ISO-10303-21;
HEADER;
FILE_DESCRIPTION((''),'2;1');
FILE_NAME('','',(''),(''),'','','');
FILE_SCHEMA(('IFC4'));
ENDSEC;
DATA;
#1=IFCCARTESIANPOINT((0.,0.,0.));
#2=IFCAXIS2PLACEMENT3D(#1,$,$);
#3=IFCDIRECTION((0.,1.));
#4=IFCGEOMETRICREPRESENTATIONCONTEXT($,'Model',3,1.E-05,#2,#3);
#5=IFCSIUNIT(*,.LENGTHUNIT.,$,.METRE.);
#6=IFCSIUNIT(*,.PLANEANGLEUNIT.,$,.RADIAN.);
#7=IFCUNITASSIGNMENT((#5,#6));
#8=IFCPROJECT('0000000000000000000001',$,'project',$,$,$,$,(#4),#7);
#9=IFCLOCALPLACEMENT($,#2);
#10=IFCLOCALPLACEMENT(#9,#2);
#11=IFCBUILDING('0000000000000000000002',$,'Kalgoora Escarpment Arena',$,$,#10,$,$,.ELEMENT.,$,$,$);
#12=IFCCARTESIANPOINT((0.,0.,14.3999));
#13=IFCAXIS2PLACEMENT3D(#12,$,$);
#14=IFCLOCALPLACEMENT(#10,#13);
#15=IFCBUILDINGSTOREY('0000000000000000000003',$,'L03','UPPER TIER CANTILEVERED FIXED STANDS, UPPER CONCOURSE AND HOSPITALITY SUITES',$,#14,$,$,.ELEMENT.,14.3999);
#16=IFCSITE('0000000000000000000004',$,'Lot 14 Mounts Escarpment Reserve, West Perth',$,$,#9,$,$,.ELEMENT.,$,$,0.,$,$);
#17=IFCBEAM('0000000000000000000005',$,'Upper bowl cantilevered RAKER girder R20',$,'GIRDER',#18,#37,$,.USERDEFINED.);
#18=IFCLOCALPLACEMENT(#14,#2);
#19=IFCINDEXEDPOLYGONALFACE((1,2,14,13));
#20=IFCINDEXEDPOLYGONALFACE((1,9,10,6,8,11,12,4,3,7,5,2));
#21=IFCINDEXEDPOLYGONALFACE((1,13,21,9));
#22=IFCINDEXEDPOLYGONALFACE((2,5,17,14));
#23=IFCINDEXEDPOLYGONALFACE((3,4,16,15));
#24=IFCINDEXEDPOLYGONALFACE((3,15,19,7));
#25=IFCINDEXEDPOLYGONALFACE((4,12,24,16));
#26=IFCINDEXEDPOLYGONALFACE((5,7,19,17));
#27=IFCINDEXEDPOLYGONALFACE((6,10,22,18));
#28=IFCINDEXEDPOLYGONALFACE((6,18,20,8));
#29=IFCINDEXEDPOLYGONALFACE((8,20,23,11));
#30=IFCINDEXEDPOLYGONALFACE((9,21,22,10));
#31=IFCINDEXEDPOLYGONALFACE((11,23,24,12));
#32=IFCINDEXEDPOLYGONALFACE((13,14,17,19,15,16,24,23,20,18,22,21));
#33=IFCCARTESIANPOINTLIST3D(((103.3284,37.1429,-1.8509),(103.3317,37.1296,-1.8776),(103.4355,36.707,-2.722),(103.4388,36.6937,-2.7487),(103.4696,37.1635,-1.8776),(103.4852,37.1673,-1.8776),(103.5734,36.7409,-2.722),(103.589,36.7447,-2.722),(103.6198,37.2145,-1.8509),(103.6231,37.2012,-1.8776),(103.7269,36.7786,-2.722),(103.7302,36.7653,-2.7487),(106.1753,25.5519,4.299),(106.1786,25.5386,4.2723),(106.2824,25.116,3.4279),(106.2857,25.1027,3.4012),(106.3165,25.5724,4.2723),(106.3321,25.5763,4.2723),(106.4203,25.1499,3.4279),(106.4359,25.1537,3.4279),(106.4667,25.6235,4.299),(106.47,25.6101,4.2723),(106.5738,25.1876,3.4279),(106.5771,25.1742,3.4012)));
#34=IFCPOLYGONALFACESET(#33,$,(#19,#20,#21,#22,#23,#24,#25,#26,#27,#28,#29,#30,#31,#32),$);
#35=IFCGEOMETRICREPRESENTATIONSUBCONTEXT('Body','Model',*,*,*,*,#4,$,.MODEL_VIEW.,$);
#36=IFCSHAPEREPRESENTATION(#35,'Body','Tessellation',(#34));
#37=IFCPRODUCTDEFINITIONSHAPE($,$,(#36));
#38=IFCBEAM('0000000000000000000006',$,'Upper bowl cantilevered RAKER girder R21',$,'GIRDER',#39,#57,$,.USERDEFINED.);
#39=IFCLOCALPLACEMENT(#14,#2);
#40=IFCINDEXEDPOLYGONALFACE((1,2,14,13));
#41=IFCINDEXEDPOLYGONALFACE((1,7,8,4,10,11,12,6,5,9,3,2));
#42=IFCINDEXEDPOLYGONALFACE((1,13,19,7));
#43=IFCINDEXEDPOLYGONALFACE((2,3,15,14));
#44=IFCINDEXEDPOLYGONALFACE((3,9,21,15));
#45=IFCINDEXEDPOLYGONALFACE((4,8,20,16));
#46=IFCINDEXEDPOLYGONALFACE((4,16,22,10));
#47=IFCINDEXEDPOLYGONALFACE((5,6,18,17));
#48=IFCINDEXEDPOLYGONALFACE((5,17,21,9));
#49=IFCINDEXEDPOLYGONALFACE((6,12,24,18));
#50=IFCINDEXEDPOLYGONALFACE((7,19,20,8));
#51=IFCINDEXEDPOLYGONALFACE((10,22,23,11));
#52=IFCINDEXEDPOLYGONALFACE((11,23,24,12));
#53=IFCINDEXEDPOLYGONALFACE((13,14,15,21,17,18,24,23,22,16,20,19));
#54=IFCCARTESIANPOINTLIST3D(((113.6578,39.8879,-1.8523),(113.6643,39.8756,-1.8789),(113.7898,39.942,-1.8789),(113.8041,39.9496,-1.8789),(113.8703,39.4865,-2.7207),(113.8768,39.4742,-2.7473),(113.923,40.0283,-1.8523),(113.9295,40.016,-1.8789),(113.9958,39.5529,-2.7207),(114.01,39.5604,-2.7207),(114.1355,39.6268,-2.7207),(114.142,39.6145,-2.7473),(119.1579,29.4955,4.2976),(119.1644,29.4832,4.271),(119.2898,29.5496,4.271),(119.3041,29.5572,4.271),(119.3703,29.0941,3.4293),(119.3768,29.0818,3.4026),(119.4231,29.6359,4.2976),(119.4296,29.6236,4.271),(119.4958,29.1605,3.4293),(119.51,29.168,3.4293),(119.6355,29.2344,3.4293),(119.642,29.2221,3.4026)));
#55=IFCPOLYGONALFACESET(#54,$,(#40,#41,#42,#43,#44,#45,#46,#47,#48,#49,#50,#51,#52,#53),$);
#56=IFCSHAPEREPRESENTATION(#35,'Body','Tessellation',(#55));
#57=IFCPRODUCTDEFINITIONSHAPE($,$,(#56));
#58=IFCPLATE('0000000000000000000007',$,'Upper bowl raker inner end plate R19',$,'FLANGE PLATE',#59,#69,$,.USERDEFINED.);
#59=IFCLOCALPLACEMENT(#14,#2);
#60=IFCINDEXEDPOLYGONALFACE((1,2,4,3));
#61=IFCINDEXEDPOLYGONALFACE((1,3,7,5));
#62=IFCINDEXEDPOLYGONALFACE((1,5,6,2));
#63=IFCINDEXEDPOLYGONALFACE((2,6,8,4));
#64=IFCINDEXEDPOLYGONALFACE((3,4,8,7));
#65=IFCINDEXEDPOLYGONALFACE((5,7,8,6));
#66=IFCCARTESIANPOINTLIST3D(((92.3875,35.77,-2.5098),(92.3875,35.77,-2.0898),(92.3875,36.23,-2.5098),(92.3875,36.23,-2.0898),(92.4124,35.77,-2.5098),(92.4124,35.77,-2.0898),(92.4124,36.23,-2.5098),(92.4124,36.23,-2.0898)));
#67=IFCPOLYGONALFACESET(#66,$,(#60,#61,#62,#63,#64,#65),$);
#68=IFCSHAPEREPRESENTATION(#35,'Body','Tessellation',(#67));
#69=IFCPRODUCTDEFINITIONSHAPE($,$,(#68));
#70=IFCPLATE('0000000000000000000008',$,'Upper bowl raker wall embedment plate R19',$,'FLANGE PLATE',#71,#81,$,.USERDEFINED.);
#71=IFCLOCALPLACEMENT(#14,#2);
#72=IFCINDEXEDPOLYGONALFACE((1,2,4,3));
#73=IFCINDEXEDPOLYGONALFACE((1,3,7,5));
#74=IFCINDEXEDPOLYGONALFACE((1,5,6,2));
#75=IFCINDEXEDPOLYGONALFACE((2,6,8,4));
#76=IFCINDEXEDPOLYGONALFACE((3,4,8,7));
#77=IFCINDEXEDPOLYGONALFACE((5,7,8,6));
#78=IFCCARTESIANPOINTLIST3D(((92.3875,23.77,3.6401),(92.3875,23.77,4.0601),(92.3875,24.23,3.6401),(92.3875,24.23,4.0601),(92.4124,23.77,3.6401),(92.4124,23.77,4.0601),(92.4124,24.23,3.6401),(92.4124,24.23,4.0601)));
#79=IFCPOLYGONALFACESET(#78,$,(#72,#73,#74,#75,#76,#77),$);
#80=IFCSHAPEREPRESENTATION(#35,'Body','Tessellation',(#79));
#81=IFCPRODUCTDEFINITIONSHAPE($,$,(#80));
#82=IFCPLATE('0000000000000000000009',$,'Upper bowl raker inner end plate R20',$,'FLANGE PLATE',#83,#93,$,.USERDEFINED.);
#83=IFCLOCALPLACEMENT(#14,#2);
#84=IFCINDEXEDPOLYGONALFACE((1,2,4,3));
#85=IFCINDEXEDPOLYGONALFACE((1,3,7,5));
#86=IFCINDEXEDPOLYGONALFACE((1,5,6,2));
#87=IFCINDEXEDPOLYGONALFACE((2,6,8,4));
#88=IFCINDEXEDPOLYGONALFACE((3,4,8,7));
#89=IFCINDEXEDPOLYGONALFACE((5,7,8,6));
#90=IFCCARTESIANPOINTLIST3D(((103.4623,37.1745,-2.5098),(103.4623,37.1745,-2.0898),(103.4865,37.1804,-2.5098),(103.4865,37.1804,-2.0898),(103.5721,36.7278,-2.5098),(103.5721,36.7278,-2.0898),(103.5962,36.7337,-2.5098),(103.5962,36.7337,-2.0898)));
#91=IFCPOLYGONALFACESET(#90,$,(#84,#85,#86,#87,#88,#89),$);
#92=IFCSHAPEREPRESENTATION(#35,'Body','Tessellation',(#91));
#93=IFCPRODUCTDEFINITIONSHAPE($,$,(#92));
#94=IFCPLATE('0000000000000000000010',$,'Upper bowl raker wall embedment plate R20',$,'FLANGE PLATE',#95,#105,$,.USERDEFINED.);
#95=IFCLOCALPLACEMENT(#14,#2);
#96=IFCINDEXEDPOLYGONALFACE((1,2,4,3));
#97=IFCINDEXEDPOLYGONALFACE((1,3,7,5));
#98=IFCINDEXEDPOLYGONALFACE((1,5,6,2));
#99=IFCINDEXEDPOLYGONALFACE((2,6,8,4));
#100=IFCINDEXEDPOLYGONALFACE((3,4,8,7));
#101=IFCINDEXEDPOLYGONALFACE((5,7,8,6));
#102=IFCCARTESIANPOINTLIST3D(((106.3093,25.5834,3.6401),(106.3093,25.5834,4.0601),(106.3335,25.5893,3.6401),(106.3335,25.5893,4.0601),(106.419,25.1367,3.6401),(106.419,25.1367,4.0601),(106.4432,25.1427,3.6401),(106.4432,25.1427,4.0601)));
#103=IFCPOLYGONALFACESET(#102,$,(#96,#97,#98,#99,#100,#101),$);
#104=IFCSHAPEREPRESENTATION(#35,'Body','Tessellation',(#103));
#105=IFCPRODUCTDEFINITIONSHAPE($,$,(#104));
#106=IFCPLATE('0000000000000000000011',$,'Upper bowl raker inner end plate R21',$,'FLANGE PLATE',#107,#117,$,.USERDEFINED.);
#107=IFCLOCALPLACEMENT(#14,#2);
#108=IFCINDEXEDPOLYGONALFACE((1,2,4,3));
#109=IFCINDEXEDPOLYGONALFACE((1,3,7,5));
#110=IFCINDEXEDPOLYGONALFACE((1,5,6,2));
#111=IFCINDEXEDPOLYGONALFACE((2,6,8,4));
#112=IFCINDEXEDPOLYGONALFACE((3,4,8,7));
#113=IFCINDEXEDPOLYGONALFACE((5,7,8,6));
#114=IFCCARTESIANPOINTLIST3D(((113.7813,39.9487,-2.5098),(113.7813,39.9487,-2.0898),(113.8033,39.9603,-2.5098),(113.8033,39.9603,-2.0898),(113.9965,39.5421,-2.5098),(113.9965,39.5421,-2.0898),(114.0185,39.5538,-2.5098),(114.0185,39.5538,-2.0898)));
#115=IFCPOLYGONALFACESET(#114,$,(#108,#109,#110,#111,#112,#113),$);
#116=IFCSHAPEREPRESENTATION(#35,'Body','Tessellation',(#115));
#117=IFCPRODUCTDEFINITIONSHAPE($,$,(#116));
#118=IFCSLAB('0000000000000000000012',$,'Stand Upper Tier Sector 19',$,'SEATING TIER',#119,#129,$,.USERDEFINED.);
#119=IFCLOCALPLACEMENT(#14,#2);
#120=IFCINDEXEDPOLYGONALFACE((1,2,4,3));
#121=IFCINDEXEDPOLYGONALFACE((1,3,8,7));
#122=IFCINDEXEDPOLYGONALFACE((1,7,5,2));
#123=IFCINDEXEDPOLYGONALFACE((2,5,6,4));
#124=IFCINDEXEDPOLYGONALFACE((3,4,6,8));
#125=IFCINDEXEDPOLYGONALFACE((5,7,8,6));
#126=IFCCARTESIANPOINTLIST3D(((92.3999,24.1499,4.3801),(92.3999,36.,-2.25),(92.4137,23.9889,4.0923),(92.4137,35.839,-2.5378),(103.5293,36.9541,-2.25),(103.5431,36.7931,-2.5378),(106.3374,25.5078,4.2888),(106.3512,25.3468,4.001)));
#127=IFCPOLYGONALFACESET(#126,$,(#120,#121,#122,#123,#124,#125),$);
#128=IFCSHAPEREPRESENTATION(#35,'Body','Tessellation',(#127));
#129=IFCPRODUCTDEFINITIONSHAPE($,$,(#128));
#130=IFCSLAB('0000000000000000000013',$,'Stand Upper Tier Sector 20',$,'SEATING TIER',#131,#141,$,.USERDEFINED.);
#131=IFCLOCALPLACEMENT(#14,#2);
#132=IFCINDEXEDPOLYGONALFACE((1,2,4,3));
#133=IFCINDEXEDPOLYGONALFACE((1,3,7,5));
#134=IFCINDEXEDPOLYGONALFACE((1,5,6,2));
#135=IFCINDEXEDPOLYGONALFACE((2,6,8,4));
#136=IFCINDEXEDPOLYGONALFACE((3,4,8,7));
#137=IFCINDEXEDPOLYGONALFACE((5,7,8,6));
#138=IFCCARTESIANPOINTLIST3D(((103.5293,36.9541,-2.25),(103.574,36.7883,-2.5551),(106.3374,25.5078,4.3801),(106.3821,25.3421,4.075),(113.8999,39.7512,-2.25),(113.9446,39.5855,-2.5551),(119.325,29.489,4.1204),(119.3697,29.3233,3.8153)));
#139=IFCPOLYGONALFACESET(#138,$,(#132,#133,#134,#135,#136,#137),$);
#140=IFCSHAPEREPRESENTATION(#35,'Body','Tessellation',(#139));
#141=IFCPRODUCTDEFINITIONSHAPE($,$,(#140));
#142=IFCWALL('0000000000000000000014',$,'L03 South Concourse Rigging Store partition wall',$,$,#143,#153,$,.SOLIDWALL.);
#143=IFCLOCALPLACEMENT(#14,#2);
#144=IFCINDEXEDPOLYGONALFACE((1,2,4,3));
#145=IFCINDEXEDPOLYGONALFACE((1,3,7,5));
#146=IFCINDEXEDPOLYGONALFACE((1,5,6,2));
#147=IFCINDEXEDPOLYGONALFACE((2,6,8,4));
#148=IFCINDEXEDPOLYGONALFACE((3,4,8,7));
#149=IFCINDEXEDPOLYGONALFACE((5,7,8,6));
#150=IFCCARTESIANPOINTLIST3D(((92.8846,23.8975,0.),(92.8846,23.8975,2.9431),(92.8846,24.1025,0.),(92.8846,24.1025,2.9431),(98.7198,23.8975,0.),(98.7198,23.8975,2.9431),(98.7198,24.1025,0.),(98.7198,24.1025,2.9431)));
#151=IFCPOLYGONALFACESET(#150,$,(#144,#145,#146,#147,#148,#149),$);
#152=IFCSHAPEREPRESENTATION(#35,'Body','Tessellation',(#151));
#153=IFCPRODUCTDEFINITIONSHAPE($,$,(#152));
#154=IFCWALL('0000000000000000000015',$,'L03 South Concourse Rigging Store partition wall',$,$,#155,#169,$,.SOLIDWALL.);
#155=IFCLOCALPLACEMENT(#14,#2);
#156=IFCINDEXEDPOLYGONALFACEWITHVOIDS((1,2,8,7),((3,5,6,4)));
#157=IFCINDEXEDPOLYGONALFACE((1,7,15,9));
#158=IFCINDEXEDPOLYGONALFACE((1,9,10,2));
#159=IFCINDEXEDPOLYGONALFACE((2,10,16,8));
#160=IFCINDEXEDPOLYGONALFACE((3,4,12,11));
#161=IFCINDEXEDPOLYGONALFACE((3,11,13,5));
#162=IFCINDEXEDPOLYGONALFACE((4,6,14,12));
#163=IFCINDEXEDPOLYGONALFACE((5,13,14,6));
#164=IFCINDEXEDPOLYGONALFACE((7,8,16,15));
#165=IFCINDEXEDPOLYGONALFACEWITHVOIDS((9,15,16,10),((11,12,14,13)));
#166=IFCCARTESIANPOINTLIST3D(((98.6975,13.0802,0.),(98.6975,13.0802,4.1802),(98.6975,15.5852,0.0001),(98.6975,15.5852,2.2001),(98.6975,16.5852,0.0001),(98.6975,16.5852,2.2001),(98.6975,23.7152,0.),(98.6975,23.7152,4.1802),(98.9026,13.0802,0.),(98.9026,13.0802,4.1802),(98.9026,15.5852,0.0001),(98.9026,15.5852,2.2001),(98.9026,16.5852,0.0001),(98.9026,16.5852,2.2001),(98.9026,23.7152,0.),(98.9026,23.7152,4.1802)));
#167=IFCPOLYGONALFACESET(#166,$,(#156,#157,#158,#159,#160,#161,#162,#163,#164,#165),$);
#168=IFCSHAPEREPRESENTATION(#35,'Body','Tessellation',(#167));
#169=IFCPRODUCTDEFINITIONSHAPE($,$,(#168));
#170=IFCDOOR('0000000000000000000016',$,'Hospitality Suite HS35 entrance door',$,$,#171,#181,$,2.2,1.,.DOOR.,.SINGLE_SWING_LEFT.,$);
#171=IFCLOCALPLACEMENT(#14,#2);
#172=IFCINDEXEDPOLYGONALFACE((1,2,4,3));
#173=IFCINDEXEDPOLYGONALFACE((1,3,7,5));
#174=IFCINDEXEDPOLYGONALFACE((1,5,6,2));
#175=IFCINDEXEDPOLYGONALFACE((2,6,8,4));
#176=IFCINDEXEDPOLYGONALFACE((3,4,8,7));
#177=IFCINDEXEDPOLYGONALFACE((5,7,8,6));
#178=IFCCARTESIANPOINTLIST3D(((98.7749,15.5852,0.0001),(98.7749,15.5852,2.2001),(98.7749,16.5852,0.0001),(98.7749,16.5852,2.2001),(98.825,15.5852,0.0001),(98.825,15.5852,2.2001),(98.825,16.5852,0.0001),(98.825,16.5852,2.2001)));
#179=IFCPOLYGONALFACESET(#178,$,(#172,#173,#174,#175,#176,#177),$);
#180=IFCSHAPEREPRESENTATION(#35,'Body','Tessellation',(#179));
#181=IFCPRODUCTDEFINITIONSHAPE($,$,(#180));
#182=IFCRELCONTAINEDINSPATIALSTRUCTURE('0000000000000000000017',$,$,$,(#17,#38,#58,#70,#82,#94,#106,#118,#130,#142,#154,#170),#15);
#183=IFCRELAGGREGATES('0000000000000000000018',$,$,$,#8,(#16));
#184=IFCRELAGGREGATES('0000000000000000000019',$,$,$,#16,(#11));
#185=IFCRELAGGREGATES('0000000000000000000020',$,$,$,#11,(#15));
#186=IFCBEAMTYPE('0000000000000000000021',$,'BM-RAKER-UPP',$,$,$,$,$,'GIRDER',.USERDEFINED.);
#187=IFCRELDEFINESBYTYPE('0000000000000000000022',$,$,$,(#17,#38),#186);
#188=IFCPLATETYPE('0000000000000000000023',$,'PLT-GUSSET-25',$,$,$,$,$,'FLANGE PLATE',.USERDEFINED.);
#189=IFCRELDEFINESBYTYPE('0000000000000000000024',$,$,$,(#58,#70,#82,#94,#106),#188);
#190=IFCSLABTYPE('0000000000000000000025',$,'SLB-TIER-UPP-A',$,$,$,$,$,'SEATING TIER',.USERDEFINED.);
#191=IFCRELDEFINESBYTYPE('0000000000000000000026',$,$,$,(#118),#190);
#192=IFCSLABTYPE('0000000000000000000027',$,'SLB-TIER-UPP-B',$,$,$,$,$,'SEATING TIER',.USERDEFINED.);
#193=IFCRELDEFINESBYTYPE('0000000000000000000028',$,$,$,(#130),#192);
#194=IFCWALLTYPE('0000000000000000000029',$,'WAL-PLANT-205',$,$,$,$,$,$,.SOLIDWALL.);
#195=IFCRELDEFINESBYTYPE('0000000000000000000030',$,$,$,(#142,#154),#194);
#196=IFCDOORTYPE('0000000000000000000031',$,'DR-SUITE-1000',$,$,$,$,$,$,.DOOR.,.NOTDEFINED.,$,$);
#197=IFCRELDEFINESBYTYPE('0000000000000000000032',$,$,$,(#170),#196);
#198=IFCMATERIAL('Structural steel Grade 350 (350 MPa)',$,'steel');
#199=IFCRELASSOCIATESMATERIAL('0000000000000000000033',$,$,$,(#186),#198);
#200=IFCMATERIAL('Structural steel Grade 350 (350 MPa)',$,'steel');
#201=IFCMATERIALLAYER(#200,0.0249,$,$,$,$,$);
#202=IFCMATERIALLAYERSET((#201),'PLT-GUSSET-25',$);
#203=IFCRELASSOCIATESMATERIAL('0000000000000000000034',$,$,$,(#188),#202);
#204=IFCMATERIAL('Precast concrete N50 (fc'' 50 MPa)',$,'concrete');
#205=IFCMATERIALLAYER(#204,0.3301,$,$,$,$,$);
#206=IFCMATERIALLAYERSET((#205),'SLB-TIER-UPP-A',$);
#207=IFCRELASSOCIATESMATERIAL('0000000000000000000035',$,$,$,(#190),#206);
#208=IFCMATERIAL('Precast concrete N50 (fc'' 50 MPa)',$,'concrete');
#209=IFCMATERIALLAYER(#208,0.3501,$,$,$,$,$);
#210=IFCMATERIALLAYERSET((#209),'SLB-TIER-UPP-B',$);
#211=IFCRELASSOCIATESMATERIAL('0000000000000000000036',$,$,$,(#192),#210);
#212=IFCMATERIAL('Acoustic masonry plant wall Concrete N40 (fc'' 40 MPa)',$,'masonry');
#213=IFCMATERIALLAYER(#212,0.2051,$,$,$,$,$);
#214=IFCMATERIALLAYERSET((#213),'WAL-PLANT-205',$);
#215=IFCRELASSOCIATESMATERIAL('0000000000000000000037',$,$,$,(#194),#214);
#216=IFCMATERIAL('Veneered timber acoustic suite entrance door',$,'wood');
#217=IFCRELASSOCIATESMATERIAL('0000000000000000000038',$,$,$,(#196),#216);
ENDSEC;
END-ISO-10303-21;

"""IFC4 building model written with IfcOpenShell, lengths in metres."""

from ifc_helpers import new_model, si_unit, direction, frame, frame_2d, origin, origin_2d, place, context, subcontext, project, spatial, polyline, rectangle, i_section, outline, extrude, material, layer, layer_set, material_profile, profile_set, type_object, element, fill, save


model = new_model("IFC4")

# Units and contexts
model_context = context("Model", 3, precision=1e-05, world=origin(), true_north=direction((0.0, 1.0)))
body_context = subcontext(model_context, "Body", "Model", "MODEL_VIEW")
ifc_project = project(units=[si_unit("LENGTHUNIT", "METRE"), si_unit("PLANEANGLEUNIT", "RADIAN")], contexts=[model_context])

# Site, building, storey
site_placement = place(None, origin())
site = spatial("IfcSite", under=ifc_project, at=site_placement, Name="Lot 14 Mounts Escarpment Reserve, West Perth", CompositionType="ELEMENT", RefElevation=0.0)
building_placement = place(site_placement, origin())
building = spatial("IfcBuilding", under=site, at=building_placement, Name="Kalgoora Escarpment Arena", CompositionType="ELEMENT")
storey_placement = place(building_placement, frame((0.0, 0.0, 14.3999)))
storey = spatial("IfcBuildingStorey", under=building, at=storey_placement, Name="L03", Description="UPPER TIER CANTILEVERED FIXED STANDS, UPPER CONCOURSE AND HOSPITALITY SUITES", CompositionType="ELEMENT", Elevation=14.3999)

# Beams
ifc_material_1 = material(Name="Structural steel Grade 350 (350 MPa)", Category="steel")
ifc_material_profile_1 = material_profile(ifc_material_1, i_section(OverallWidth=0.3, OverallDepth=1.01, WebThickness=0.0161, FlangeThickness=0.03, at=origin_2d()))
ifc_profile_set_1 = profile_set([ifc_material_profile_1], Name="Structural steel Grade 350 (350 MPa)")
beam_type_1 = type_object("IfcBeamType", Name="BM-RAKER-UPP", ElementType="GIRDER", PredefinedType="USERDEFINED", material=ifc_profile_set_1)
beam_1_placement = place(storey_placement, frame((103.5293, 36.9541, -2.2998), z_axis=(0.212033, -0.863278, 0.458032), x_axis=(0.971137, 0.238524, 0.0)))
element("IfcBeam", 1, at=beam_1_placement, inside=storey, type_object=beam_type_1, Name="Upper bowl cantilevered RAKER girder R20", ObjectType="GIRDER", PredefinedType="USERDEFINED", context=body_context, shape_type="SweptSolid", body=[
    extrude(i_section(OverallWidth=0.3, OverallDepth=1.01, WebThickness=0.0161, FlangeThickness=0.03, at=origin_2d()), origin(), (0.0, 0.0, 1.0), 13.4268),
])
beam_2_placement = place(storey_placement, frame((113.8999, 39.7512, -2.2998), z_axis=(0.414493, -0.783192, 0.463472), x_axis=(0.883852, 0.467767, 0.0)))
element("IfcBeam", 2, at=beam_2_placement, inside=storey, type_object=beam_type_1, Name="Upper bowl cantilevered RAKER girder R21", ObjectType="GIRDER", PredefinedType="USERDEFINED", context=body_context, shape_type="SweptSolid", body=[
    extrude(i_section(OverallWidth=0.3, OverallDepth=1.01, WebThickness=0.0161, FlangeThickness=0.03, at=origin_2d()), origin(), (0.0, 0.0, 1.0), 13.2693),
])

# Plates
ifc_material_2 = material(Name="Structural steel Grade 350 (350 MPa)", Category="steel")
ifc_layer_1 = layer(ifc_material_2, 0.0249)
ifc_layer_set_1 = layer_set([ifc_layer_1], Name="PLT-GUSSET-25")
plate_type = type_object("IfcPlateType", Name="PLT-GUSSET-25", ElementType="FLANGE PLATE", PredefinedType="USERDEFINED", material=ifc_layer_set_1)
for number, where, z_axis, x_axis, name in (
    (3, (92.3999, 36.0, -2.5098), (0.0, 0.0, 1.0), (0.0, -1.0, 0.0), "Upper bowl raker inner end plate R19"),
    (4, (92.3999, 24.0, 3.6401), (0.0, 0.0, 1.0), (0.0, -1.0, 0.0), "Upper bowl raker wall embedment plate R19"),
    (5, (103.5293, 36.9541, -2.5098), (0.0, 0.0, 1.0), (0.238533, -0.971134, 0.0), "Upper bowl raker inner end plate R20"),
    (6, (106.3762, 25.363, 3.6401), (0.0, 0.0, 1.0), (0.238533, -0.971134, 0.0), "Upper bowl raker wall embedment plate R20"),
    (7, (113.8999, 39.7512, -2.5098), (0.0, 0.0, 1.0), (0.467776, -0.883847, 0.0), "Upper bowl raker inner end plate R21"),
):
    element("IfcPlate", number, at=place(storey_placement, frame(where, z_axis=z_axis, x_axis=x_axis)), inside=storey, type_object=plate_type, Name=name, ObjectType="FLANGE PLATE", PredefinedType="USERDEFINED", context=body_context, shape_type="SweptSolid", body=[
        extrude(rectangle(XDim=0.46, YDim=0.0249, at=origin_2d()), origin(), (0.0, 0.0, 1.0), 0.4199),
    ])

# Slabs
ifc_material_3 = material(Name="Precast concrete N50 (fc' 50 MPa)", Category="concrete")
ifc_layer_2 = layer(ifc_material_3, 0.3301)
ifc_layer_set_2 = layer_set([ifc_layer_2], Name="SLB-TIER-UPP-A")
slab_type_1 = type_object("IfcSlabType", Name="SLB-TIER-UPP-A", ElementType="SEATING TIER", PredefinedType="USERDEFINED", material=ifc_layer_set_2)
slab_1_placement = place(storey_placement, frame((92.3999, 36.0, -2.25), z_axis=(-0.041819, 0.487842, 0.87193), x_axis=(0.996346, 0.085414, -0.000002)))
element("IfcSlab", 8, at=slab_1_placement, inside=storey, type_object=slab_type_1, Name="Stand Upper Tier Sector 19", ObjectType="SEATING TIER", PredefinedType="USERDEFINED", context=body_context, shape_type="SweptSolid", body=[
    extrude(outline(polyline([(0.0, 0.0), (11.1702, 0.0), (12.9904, -13.3546), (-1.0122, -13.541), (0.0, 0.0)])), origin(), (0.0, 0.0, -1.0), 0.3301),
])
ifc_material_4 = material(Name="Precast concrete N50 (fc' 50 MPa)", Category="concrete")
ifc_layer_3 = layer(ifc_material_4, 0.3501)
ifc_layer_set_3 = layer_set([ifc_layer_3], Name="SLB-TIER-UPP-B")
slab_type_2 = type_object("IfcSlabType", Name="SLB-TIER-UPP-B", ElementType="SEATING TIER", PredefinedType="USERDEFINED", material=ifc_layer_set_3)
slab_2_placement = place(storey_placement, frame((103.5293, 36.9541, -2.25), z_axis=(-0.127707, 0.473477, 0.871499), x_axis=(0.965498, 0.260411, 0.000002)))
element("IfcSlab", 9, at=slab_2_placement, inside=storey, type_object=slab_type_2, Name="Stand Upper Tier Sector 20", ObjectType="SEATING TIER", PredefinedType="USERDEFINED", context=body_context, shape_type="SweptSolid", body=[
    extrude(outline(polyline([(0.0, 0.0), (10.7412, 0.0), (13.3067, -12.9901), (-0.2695, -13.5199), (0.0, 0.0)])), origin(), (0.0, 0.0, -1.0), 0.3501),
])

# Wall
ifc_material_5 = material(Name="Acoustic masonry plant wall Concrete N40 (fc' 40 MPa)", Category="masonry")
ifc_layer_4 = layer(ifc_material_5, 0.2051)
ifc_layer_set_4 = layer_set([ifc_layer_4], Name="WAL-PLANT-205")
wall_type_1 = type_object("IfcWallType", Name="WAL-PLANT-205", PredefinedType="SOLIDWALL", material=ifc_layer_set_4)
wall_1_placement = place(storey_placement, frame((92.8848, 24.0, 0.0), z_axis=(0.0, 0.0, 1.0), x_axis=(1.0, 0.0, 0.0)))
element("IfcWall", 10, at=wall_1_placement, inside=storey, type_object=wall_type_1, Name="L03 South Concourse Rigging Store partition wall", PredefinedType="SOLIDWALL", context=body_context, shape_type="SweptSolid", body=[
    extrude(rectangle(XDim=5.8352, YDim=0.2051, at=frame_2d((2.9175, 0.0))), origin(), (0.0, 0.0, 1.0), 2.9431),
])

# Wall, opening, door
wall_2_placement = place(storey_placement, frame((98.8, 23.7151, 0.0), z_axis=(0.0, 0.0, 1.0), x_axis=(0.0, -1.0, 0.0)))
wall_2 = element("IfcWall", 11, at=wall_2_placement, inside=storey, type_object=wall_type_1, Name="L03 South Concourse Rigging Store partition wall", PredefinedType="SOLIDWALL", context=body_context, shape_type="SweptSolid", body=[
    extrude(rectangle(XDim=10.635, YDim=0.2051, at=frame_2d((5.3174, 0.0))), origin(), (0.0, 0.0, 1.0), 4.1802),
])
opening_1_placement = place(wall_2_placement, frame((7.1299, 0.0, 0.0)))
opening_1 = element("IfcOpeningElement", 12, at=opening_1_placement, cuts=wall_2, PredefinedType="OPENING", context=body_context, shape_type="SweptSolid", body=[
    extrude(rectangle(XDim=1.0, YDim=2.2, at=frame_2d((0.5, 1.1001))), frame((0.0, 0.1125, 0.0), z_axis=(0.0, -1.0, 0.0), x_axis=(1.0, 0.0, 0.0)), (0.0, 0.0, 1.0), 0.2251),
])
ifc_material_6 = material(Name="Veneered timber acoustic suite entrance door", Category="wood")
door_type_1 = type_object("IfcDoorType", Name="DR-SUITE-1000", OperationType="NOTDEFINED", PredefinedType="DOOR", material=ifc_material_6)
door_1_placement = place(opening_1_placement, origin())
door_1 = element("IfcDoor", 13, at=door_1_placement, inside=storey, type_object=door_type_1, Name="Hospitality Suite HS35 entrance door", OperationType="SINGLE_SWING_LEFT", OverallHeight=2.2, OverallWidth=1.0, PredefinedType="DOOR", context=body_context, shape_type="SweptSolid", body=[
    extrude(rectangle(XDim=1.0, YDim=2.2, at=frame_2d((0.5, 1.1001))), frame((0.0, 0.0249, 0.0), z_axis=(0.0, -1.0, 0.0), x_axis=(1.0, 0.0, 0.0)), (0.0, 0.0, 1.0), 0.05),
])
fill(opening_1, door_1)

save(model, "model.ifc")
